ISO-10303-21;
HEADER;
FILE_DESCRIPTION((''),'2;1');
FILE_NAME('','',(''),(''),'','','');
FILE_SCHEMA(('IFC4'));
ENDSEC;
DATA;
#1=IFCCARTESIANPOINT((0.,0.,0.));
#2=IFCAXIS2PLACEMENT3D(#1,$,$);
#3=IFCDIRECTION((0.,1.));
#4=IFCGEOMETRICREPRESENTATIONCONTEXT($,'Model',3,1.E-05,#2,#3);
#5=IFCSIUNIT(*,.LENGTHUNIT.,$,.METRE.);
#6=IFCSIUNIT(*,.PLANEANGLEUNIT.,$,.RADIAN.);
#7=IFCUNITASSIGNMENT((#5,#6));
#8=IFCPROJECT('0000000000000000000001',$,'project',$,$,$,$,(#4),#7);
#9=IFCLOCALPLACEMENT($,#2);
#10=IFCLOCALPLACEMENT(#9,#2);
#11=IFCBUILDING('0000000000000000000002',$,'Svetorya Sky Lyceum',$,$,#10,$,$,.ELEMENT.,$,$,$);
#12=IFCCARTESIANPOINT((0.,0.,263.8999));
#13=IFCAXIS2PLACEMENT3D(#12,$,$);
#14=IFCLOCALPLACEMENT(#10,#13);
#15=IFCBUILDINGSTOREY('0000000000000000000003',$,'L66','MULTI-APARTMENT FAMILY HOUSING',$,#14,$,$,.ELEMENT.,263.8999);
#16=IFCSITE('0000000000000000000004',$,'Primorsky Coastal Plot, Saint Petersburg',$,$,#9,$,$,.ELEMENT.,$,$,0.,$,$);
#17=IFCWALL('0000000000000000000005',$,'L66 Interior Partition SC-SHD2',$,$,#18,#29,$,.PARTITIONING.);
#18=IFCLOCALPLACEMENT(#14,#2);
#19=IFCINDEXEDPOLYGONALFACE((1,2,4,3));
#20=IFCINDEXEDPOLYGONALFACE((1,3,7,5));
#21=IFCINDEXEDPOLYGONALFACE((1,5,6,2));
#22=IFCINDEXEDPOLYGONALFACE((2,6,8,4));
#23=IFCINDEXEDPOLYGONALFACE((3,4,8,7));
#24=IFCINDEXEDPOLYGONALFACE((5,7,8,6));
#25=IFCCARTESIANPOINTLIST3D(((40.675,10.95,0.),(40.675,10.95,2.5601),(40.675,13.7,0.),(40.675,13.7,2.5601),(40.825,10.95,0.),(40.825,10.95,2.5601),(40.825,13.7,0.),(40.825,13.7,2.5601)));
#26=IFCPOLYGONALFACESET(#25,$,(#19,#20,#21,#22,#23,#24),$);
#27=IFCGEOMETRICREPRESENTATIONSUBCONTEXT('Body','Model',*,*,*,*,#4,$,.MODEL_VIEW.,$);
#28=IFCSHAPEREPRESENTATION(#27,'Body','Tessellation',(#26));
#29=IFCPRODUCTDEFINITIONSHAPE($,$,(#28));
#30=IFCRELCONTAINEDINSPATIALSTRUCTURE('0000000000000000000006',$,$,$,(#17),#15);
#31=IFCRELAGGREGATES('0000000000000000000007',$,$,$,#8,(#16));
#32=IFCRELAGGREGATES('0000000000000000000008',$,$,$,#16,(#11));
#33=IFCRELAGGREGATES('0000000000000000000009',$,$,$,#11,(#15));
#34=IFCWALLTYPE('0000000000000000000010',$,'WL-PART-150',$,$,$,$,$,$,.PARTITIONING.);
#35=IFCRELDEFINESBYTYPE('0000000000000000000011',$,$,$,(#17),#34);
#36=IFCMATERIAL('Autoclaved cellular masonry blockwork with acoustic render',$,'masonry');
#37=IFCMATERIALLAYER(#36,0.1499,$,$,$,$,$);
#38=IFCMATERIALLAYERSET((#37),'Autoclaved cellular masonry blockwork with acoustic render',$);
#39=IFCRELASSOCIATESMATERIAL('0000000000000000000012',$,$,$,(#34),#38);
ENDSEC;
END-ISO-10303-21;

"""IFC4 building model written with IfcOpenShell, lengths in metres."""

from ifc_helpers import new_model, si_unit, direction, frame, frame_2d, origin, place, context, subcontext, project, spatial, rectangle, extrude, material, layer, layer_set, type_object, element, save


model = new_model("IFC4")

# Units and contexts
model_context = context("Model", 3, precision=1e-05, world=origin(), true_north=direction((0.0, 1.0)))
body_context = subcontext(model_context, "Body", "Model", "MODEL_VIEW")
ifc_project = project(units=[si_unit("LENGTHUNIT", "METRE"), si_unit("PLANEANGLEUNIT", "RADIAN")], contexts=[model_context])

# Site, building, storey
site_placement = place(None, origin())
site = spatial("IfcSite", under=ifc_project, at=site_placement, Name="Primorsky Coastal Plot, Saint Petersburg", CompositionType="ELEMENT", RefElevation=0.0)
building_placement = place(site_placement, origin())
building = spatial("IfcBuilding", under=site, at=building_placement, Name="Svetorya Sky Lyceum", CompositionType="ELEMENT")
storey_placement = place(building_placement, frame((0.0, 0.0, 263.8999)))
storey = spatial("IfcBuildingStorey", under=building, at=storey_placement, Name="L66", Description="MULTI-APARTMENT FAMILY HOUSING", CompositionType="ELEMENT", Elevation=263.8999)

# Wall
ifc_material_1 = material(Name="Autoclaved cellular masonry blockwork with acoustic render", Category="masonry")
ifc_layer_1 = layer(ifc_material_1, 0.1499)
ifc_layer_set_1 = layer_set([ifc_layer_1], Name="Autoclaved cellular masonry blockwork with acoustic render")
wall_type_1 = type_object("IfcWallType", Name="WL-PART-150", PredefinedType="PARTITIONING", material=ifc_layer_set_1)
for number, where, z_axis, x_axis, name in (
    (1, (40.75, 10.95, 0.0), (0.0, 0.0, 1.0), (0.0, 1.0, 0.0), "L66 Interior Partition SC-SHD2"),
):
    element("IfcWall", number, at=place(storey_placement, frame(where, z_axis=z_axis, x_axis=x_axis)), inside=storey, type_object=wall_type_1, Name=name, PredefinedType="PARTITIONING", context=body_context, shape_type="SweptSolid", body=[
        extrude(rectangle(XDim=2.75, YDim=0.1499, at=frame_2d((1.375, 0.0))), origin(), (0.0, 0.0, 1.0), 2.5601),
    ])

save(model, "model.ifc")
